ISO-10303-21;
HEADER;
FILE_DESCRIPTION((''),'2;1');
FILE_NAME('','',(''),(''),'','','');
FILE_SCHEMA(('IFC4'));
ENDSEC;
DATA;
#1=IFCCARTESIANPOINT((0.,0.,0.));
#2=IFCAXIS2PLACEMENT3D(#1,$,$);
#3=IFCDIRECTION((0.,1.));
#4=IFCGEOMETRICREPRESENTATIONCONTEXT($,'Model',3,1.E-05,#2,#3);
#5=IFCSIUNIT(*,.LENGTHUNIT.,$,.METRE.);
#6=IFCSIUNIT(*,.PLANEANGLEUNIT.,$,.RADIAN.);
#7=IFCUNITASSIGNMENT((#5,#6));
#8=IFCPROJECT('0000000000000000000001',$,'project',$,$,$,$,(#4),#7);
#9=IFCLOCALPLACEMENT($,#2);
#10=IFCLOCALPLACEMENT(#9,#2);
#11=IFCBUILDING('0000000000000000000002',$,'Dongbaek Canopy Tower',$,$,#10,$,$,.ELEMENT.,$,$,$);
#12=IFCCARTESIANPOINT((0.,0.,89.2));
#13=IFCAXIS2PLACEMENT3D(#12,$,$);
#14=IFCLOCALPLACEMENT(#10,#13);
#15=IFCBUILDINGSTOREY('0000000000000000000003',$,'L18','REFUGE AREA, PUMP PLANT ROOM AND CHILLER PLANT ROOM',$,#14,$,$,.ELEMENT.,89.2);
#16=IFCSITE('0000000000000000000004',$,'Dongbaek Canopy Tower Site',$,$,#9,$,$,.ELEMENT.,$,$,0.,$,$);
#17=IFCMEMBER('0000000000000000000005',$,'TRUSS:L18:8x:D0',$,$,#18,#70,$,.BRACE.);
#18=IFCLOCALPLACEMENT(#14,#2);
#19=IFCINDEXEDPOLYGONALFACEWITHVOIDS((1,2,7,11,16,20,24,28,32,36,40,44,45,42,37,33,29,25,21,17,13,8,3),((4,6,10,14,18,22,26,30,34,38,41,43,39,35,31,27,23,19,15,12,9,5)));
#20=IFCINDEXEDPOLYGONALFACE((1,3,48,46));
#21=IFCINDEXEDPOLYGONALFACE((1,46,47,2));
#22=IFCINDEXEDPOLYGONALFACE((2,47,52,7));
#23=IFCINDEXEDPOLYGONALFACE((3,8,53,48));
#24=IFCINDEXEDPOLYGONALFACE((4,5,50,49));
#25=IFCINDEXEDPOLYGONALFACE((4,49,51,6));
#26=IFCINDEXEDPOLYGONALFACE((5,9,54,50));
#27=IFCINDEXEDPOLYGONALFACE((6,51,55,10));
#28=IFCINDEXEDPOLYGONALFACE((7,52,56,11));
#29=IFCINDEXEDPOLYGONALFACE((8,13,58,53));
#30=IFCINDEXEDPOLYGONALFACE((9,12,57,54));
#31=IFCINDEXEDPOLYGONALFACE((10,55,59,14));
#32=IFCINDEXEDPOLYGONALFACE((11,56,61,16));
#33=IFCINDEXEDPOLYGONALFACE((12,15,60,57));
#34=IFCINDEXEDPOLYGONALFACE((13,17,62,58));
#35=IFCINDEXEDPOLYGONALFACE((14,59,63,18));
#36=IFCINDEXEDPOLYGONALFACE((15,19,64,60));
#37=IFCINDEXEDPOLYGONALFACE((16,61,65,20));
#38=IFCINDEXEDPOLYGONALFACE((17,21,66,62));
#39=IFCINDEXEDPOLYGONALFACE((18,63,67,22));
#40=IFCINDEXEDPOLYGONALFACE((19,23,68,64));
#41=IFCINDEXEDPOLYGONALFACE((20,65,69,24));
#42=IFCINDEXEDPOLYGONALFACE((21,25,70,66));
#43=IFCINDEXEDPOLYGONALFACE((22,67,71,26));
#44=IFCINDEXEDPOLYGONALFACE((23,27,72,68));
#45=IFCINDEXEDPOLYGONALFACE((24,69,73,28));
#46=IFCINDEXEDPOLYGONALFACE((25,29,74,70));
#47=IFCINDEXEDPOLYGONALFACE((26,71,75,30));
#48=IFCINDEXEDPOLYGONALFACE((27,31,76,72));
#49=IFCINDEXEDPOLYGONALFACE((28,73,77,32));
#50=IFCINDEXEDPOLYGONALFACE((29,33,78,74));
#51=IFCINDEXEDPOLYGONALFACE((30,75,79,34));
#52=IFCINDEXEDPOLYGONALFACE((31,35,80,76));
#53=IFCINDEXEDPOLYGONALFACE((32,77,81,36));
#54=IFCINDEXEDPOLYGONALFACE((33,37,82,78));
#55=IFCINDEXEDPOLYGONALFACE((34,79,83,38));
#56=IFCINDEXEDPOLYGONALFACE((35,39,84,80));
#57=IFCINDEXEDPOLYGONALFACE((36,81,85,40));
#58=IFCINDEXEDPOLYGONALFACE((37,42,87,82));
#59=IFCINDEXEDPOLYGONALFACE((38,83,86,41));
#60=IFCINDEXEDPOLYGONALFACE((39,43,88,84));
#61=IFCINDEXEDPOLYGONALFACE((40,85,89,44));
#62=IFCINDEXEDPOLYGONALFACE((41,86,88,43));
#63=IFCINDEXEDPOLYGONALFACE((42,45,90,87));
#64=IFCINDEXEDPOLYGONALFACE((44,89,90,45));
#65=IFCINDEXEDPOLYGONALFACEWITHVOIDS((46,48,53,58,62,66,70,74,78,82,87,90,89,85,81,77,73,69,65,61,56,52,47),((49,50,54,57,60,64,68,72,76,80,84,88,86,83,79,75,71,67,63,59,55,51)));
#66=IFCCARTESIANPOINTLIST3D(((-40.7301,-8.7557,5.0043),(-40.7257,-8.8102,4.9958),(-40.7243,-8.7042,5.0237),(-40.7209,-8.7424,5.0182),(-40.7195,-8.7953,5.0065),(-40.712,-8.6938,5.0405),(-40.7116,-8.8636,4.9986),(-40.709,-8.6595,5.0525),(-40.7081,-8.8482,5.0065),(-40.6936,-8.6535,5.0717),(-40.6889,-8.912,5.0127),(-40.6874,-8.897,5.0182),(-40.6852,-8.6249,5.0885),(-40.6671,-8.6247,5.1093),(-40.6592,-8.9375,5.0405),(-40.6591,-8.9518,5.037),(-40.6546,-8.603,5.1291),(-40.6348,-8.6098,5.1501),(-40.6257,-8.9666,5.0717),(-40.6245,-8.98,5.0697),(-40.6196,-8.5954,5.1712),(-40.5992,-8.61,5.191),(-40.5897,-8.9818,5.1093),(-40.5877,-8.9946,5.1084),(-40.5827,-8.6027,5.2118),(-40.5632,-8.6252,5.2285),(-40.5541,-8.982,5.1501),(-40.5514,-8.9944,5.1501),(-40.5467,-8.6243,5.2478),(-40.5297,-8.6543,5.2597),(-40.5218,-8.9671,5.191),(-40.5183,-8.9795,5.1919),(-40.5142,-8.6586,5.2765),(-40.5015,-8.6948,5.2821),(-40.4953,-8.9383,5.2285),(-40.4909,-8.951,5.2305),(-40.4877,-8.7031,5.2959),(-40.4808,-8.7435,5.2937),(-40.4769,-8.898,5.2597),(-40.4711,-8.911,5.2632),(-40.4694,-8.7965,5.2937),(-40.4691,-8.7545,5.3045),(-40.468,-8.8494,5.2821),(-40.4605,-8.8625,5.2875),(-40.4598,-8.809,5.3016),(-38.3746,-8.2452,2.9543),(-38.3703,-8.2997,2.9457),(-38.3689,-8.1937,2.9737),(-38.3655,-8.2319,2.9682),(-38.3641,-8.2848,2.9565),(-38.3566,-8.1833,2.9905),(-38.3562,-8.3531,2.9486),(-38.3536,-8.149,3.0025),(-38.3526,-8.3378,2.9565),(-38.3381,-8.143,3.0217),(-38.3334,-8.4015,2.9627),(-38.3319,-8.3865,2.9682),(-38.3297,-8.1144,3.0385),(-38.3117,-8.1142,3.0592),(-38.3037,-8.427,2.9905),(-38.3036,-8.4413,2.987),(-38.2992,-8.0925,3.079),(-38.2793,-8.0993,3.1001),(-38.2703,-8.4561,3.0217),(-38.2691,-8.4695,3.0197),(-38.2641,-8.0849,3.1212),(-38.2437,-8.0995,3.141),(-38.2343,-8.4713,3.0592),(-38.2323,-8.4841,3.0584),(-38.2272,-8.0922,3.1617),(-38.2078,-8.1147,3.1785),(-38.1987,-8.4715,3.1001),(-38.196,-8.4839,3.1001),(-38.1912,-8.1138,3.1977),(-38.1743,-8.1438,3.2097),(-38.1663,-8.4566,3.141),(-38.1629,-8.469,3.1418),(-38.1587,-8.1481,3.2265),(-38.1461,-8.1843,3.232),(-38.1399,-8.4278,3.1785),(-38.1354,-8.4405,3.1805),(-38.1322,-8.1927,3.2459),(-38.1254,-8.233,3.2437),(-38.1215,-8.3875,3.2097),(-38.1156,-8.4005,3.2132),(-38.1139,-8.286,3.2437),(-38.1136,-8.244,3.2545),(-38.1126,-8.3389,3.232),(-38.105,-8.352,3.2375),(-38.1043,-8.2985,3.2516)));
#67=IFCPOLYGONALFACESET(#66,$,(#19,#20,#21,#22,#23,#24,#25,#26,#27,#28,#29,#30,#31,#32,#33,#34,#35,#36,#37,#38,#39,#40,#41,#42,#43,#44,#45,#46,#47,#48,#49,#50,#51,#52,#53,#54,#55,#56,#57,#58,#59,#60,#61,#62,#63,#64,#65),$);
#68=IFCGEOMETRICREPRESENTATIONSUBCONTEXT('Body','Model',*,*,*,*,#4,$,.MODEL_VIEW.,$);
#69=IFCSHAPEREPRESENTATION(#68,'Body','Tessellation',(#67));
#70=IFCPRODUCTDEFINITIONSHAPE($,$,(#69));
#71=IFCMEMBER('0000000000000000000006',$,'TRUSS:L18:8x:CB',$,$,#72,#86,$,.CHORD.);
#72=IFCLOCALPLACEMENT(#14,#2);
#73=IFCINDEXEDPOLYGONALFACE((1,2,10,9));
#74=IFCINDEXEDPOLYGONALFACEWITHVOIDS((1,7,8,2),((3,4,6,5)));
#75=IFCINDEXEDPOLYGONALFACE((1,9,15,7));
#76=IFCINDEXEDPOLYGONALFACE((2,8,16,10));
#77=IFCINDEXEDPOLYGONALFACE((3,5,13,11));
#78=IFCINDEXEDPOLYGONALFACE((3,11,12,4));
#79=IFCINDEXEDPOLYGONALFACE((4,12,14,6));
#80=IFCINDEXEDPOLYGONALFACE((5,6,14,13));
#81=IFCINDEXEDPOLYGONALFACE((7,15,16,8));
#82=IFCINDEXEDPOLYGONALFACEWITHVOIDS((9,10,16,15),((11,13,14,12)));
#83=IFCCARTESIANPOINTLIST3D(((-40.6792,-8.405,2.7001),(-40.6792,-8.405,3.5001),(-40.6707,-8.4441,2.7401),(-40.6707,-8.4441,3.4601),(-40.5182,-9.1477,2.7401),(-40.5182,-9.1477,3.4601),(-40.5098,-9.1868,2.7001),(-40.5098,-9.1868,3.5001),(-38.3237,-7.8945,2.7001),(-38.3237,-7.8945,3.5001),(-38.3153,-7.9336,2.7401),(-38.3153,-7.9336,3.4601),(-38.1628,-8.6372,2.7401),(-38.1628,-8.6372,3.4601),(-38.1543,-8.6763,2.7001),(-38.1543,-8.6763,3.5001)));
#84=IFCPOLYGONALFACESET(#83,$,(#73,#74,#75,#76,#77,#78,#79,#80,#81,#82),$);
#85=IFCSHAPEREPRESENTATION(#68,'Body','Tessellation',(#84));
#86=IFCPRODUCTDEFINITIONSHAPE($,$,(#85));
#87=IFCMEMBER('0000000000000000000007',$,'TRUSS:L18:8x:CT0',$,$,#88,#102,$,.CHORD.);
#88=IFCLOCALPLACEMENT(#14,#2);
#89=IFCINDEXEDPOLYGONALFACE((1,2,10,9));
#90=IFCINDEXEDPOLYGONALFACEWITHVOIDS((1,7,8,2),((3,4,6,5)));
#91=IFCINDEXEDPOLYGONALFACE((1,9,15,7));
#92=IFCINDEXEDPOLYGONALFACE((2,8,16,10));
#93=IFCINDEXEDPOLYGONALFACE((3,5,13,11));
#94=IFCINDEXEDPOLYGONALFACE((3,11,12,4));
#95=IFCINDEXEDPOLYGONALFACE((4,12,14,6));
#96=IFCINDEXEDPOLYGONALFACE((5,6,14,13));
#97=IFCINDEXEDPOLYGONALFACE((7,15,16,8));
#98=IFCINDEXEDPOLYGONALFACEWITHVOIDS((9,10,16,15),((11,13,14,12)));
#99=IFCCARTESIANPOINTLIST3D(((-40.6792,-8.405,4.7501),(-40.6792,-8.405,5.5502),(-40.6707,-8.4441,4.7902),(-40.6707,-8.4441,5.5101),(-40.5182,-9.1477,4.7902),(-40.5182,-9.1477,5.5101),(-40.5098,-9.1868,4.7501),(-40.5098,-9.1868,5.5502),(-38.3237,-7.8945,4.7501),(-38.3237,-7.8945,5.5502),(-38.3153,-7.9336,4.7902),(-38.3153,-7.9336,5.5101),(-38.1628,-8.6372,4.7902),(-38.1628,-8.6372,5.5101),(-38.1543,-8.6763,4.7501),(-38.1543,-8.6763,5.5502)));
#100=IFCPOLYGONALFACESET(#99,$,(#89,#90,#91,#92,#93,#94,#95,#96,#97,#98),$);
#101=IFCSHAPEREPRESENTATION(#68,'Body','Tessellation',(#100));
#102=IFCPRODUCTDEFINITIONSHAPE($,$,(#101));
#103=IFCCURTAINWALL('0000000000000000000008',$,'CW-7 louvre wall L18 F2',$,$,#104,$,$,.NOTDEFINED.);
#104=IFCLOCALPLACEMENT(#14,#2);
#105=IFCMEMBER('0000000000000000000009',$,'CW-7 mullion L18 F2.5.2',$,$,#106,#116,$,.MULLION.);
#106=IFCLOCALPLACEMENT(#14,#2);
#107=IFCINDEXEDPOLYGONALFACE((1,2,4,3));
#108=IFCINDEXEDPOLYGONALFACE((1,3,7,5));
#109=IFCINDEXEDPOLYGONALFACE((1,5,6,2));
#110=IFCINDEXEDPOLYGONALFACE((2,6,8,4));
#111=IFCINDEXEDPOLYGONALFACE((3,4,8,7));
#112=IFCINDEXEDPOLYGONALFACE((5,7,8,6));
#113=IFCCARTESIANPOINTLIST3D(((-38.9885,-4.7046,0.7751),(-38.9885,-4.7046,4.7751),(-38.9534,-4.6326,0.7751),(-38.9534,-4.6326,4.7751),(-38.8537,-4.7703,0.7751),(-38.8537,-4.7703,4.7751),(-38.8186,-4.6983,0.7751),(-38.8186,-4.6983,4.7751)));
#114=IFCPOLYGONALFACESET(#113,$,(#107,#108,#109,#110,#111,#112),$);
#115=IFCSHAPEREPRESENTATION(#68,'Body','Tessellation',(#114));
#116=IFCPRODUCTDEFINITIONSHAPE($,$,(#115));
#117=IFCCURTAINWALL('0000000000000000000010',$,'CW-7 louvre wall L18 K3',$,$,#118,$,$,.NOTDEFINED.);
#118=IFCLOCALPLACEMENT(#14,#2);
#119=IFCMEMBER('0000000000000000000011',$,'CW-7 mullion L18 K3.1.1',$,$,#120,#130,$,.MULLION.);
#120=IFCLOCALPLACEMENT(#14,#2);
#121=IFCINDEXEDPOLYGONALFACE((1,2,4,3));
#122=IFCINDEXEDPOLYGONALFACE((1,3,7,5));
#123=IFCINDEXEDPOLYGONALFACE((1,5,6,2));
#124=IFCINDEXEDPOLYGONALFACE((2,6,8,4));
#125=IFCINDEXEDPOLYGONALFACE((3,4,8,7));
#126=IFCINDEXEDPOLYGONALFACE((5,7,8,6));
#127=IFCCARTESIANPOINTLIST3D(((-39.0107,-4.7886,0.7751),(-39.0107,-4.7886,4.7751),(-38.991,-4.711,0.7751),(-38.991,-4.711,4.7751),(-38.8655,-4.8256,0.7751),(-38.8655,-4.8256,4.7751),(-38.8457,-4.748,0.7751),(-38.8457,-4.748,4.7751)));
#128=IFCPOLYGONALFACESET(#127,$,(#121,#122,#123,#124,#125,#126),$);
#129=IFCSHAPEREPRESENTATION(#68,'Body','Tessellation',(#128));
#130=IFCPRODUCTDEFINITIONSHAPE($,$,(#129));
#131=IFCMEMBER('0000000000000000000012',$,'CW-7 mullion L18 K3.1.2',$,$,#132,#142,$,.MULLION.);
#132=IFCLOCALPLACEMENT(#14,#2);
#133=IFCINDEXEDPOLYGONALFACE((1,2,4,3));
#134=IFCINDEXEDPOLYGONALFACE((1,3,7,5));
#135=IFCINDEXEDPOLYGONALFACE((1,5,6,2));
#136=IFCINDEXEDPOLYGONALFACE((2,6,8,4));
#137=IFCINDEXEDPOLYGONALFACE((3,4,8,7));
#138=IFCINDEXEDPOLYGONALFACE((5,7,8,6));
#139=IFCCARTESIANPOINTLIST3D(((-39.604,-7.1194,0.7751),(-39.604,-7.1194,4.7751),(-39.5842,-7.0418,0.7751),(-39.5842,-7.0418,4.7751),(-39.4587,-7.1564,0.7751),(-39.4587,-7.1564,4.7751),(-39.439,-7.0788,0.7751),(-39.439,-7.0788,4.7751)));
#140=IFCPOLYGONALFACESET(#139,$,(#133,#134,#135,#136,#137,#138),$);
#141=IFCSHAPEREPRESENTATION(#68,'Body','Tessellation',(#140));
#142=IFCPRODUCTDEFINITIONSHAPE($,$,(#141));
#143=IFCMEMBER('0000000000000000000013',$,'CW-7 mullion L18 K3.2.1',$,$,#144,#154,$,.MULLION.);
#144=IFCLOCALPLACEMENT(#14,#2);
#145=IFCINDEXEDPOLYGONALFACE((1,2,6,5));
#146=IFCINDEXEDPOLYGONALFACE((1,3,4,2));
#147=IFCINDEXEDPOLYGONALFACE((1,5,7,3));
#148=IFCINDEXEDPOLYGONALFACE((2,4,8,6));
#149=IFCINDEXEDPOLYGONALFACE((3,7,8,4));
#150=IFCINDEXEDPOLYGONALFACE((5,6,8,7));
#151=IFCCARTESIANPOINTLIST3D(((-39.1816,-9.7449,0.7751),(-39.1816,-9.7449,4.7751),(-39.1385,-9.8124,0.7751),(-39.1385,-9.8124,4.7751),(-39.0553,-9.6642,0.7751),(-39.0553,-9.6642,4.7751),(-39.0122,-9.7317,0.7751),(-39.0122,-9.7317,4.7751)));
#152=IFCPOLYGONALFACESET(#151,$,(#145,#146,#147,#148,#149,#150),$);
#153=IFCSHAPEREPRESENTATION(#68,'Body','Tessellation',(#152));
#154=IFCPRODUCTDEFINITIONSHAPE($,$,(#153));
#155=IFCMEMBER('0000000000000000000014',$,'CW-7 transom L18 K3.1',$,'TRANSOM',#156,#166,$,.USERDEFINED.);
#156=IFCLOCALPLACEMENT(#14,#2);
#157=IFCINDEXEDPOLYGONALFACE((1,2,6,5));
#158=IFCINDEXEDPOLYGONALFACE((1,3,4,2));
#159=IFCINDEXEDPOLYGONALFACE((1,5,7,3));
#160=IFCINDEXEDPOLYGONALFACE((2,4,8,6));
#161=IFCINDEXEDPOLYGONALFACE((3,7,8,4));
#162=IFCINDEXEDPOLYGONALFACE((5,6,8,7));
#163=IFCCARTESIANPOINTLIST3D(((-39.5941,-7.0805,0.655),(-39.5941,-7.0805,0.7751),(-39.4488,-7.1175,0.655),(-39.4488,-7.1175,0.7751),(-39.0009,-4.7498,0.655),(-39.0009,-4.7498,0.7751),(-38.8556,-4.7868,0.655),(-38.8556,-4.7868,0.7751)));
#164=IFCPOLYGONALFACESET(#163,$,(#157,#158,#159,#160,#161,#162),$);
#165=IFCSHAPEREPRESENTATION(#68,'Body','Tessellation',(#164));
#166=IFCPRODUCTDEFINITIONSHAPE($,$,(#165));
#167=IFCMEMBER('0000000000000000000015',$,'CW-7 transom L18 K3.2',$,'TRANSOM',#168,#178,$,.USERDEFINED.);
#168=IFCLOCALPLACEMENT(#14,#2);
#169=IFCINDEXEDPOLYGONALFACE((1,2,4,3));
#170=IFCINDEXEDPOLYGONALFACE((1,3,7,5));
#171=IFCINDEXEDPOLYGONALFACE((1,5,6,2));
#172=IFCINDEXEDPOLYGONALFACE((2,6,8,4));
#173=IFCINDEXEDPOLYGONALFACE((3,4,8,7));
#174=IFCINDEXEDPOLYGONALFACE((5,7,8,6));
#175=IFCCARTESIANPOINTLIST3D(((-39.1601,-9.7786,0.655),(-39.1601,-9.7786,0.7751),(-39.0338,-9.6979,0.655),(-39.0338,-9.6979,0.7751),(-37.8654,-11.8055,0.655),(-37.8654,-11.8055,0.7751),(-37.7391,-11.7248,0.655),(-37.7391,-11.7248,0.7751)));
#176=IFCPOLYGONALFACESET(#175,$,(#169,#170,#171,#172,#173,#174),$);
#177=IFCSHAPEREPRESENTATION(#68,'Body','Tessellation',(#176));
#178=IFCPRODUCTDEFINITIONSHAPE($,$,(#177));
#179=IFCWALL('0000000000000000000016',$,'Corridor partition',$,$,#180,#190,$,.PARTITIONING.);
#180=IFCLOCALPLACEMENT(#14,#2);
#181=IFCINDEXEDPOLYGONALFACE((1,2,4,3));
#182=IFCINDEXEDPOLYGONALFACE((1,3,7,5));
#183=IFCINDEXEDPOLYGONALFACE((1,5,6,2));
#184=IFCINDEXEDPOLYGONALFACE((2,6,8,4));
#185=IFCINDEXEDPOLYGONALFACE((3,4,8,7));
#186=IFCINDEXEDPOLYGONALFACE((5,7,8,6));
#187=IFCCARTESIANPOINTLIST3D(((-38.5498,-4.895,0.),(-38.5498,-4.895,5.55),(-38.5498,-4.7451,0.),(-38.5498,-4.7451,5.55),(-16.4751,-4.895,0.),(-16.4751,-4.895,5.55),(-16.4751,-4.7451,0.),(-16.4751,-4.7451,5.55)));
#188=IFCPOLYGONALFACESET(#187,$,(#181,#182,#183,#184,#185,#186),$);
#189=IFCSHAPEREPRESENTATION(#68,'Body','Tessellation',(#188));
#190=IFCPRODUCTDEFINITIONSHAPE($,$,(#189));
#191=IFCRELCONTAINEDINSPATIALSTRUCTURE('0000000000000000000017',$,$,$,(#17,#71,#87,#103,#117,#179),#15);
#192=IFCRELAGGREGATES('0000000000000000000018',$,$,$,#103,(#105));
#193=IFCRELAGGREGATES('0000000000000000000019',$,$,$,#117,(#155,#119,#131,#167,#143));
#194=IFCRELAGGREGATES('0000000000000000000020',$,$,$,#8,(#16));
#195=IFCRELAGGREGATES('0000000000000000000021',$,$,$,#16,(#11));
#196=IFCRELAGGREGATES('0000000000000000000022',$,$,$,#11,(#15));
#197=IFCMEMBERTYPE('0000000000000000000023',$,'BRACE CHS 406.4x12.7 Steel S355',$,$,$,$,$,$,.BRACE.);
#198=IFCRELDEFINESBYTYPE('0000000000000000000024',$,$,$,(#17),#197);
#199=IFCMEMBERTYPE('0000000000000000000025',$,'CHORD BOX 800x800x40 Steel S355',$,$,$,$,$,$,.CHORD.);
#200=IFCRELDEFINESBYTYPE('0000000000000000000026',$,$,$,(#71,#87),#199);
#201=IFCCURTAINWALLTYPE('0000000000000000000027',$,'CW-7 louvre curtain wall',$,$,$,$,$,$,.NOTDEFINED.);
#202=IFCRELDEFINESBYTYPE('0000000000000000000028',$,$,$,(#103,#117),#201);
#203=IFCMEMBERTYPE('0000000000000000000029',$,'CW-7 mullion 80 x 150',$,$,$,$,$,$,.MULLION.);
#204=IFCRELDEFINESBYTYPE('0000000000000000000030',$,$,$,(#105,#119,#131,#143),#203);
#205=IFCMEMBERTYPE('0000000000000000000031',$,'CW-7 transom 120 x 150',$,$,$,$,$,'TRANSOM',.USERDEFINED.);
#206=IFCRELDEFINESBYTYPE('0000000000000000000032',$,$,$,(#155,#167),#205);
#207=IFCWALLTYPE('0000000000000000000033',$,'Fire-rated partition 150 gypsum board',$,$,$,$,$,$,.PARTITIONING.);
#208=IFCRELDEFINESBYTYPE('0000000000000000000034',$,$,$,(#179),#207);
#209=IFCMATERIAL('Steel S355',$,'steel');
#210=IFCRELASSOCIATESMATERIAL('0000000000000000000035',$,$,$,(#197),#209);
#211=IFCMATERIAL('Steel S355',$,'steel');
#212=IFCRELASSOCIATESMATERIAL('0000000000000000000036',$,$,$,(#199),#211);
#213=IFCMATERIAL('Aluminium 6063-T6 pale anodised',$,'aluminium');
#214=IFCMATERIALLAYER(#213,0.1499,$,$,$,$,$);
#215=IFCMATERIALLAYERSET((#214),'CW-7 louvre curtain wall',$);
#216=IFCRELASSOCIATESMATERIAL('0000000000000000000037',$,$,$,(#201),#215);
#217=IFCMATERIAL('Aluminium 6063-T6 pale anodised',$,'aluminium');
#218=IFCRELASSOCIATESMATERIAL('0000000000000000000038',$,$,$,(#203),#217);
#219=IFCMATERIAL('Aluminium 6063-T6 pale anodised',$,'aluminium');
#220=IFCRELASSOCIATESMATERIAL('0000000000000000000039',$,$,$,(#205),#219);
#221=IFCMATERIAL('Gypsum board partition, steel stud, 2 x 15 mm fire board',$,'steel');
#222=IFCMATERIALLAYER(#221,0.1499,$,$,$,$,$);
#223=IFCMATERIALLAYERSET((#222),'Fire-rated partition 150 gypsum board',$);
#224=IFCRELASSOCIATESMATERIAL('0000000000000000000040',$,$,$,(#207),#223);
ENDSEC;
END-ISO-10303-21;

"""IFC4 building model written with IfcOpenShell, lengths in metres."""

from ifc_helpers import new_model, si_unit, direction, frame, frame_2d, origin, origin_2d, place, context, subcontext, project, spatial, rectangle, hollow_rectangle, hollow_circle, extrude, material, layer, layer_set, material_profile, profile_set, type_object, element, aggregate, save


model = new_model("IFC4")

# Units and contexts
model_context = context("Model", 3, precision=1e-05, world=origin(), true_north=direction((0.0, 1.0)))
body_context = subcontext(model_context, "Body", "Model", "MODEL_VIEW")
ifc_project = project(units=[si_unit("LENGTHUNIT", "METRE"), si_unit("PLANEANGLEUNIT", "RADIAN")], contexts=[model_context])

# Site, building, storey
site_placement = place(None, origin())
site = spatial("IfcSite", under=ifc_project, at=site_placement, Name="Dongbaek Canopy Tower Site", CompositionType="ELEMENT", RefElevation=0.0)
building_placement = place(site_placement, origin())
building = spatial("IfcBuilding", under=site, at=building_placement, Name="Dongbaek Canopy Tower", CompositionType="ELEMENT")
storey_placement = place(building_placement, frame((0.0, 0.0, 89.2)))
storey = spatial("IfcBuildingStorey", under=building, at=storey_placement, Name="L18", Description="REFUGE AREA, PUMP PLANT ROOM AND CHILLER PLANT ROOM", CompositionType="ELEMENT", Elevation=89.2)

# Members
ifc_material_1 = material(Name="Steel S355", Category="steel")
ifc_material_profile_1 = material_profile(ifc_material_1, hollow_circle(Radius=0.2031, WallThickness=0.0127, at=origin_2d()), Name="BRACE CHS 406.4x12.7 Steel S355")
ifc_profile_set_1 = profile_set([ifc_material_profile_1], Name="Steel S355")
member_type_1 = type_object("IfcMemberType", Name="BRACE CHS 406.4x12.7 Steel S355", PredefinedType="BRACE", material=ifc_profile_set_1)
member_1_placement = place(storey_placement, frame((-38.239, -8.2854, 3.1001), z_axis=(-0.744435, -0.161341, 0.647909), x_axis=(0.211811, -0.977311, 0.0)))
element("IfcMember", 1, at=member_1_placement, inside=storey, type_object=member_type_1, Name="TRUSS:L18:8x:D0", PredefinedType="BRACE", context=body_context, shape_type="SweptSolid", body=[
    extrude(hollow_circle(Radius=0.2031, WallThickness=0.0127, at=origin_2d()), origin(), (0.0, 0.0, 1.0), 3.1641),
])
ifc_material_2 = material(Name="Steel S355", Category="steel")
ifc_material_profile_2 = material_profile(ifc_material_2, hollow_rectangle(XDim=0.8, YDim=0.8, WallThickness=0.04, at=origin_2d()), Name="CHORD BOX 800x800x40 Steel S355")
ifc_profile_set_2 = profile_set([ifc_material_profile_2], Name="Steel S355")
member_type_2 = type_object("IfcMemberType", Name="CHORD BOX 800x800x40 Steel S355", PredefinedType="CHORD", material=ifc_profile_set_2)
for number, where, z_axis, x_axis, name in (
    (2, (-38.239, -8.2854, 3.1001), (-0.977311, -0.211811, 0.0), (0.211811, -0.977311, 0.0), "TRUSS:L18:8x:CB"),
    (3, (-38.239, -8.2854, 5.1501), (-0.977311, -0.211811, 0.0), (0.211811, -0.977311, 0.0), "TRUSS:L18:8x:CT0"),
):
    element("IfcMember", number, at=place(storey_placement, frame(where, z_axis=z_axis, x_axis=x_axis)), inside=storey, type_object=member_type_2, Name=name, PredefinedType="CHORD", context=body_context, shape_type="SweptSolid", body=[
        extrude(hollow_rectangle(XDim=0.8, YDim=0.8, WallThickness=0.04, at=origin_2d()), origin(), (0.0, 0.0, 1.0), 2.4102),
    ])

# Curtain wall, member
ifc_material_3 = material(Name="Aluminium 6063-T6 pale anodised", Category="aluminium")
ifc_layer_1 = layer(ifc_material_3, 0.1499)
ifc_layer_set_1 = layer_set([ifc_layer_1], Name="CW-7 louvre curtain wall")
curtain_wall_type = type_object("IfcCurtainWallType", Name="CW-7 louvre curtain wall", PredefinedType="NOTDEFINED", material=ifc_layer_set_1)
curtain_wall_1_placement = place(storey_placement, origin())
curtain_wall_1 = element("IfcCurtainWall", 4, at=curtain_wall_1_placement, inside=storey, type_object=curtain_wall_type, Name="CW-7 louvre wall L18 F2", PredefinedType="NOTDEFINED")
ifc_material_4 = material(Name="Aluminium 6063-T6 pale anodised", Category="aluminium")
ifc_material_profile_3 = material_profile(ifc_material_4, rectangle(XDim=0.1499, YDim=0.0801, at=origin_2d()), Name="CW-7 mullion 80 x 150")
ifc_profile_set_3 = profile_set([ifc_material_profile_3], Name="Aluminium 6063-T6 pale anodised")
member_type_3 = type_object("IfcMemberType", Name="CW-7 mullion 80 x 150", PredefinedType="MULLION", material=ifc_profile_set_3)
member_2_placement = place(storey_placement, frame((-38.9036, -4.7014, 0.7751), z_axis=(0.0, 0.0, 1.0), x_axis=(-0.898815, 0.438328, 0.0)))
member_2 = element("IfcMember", 5, at=member_2_placement, type_object=member_type_3, Name="CW-7 mullion L18 F2.5.2", PredefinedType="MULLION", context=body_context, shape_type="SweptSolid", body=[
    extrude(rectangle(XDim=0.1499, YDim=0.0801, at=origin_2d()), origin(), (0.0, 0.0, 1.0), 4.0),
])

# Curtain wall, members
curtain_wall_2_placement = place(storey_placement, origin())
curtain_wall_2 = element("IfcCurtainWall", 6, at=curtain_wall_2_placement, inside=storey, type_object=curtain_wall_type, Name="CW-7 louvre wall L18 K3", PredefinedType="NOTDEFINED")
member_3_placement = place(storey_placement, frame((-38.9282, -4.7683, 0.7751), z_axis=(0.0, 0.0, 1.0), x_axis=(-0.969084, 0.246731, 0.0)))
member_3 = element("IfcMember", 7, at=member_3_placement, type_object=member_type_3, Name="CW-7 mullion L18 K3.1.1", PredefinedType="MULLION", context=body_context, shape_type="SweptSolid", body=[
    extrude(rectangle(XDim=0.1499, YDim=0.0801, at=origin_2d()), origin(), (0.0, 0.0, 1.0), 4.0),
])
member_4_placement = place(storey_placement, frame((-39.5215, -7.0991, 0.7751), z_axis=(0.0, 0.0, 1.0), x_axis=(-0.969084, 0.246731, 0.0)))
member_4 = element("IfcMember", 8, at=member_4_placement, type_object=member_type_3, Name="CW-7 mullion L18 K3.1.2", PredefinedType="MULLION", context=body_context, shape_type="SweptSolid", body=[
    extrude(rectangle(XDim=0.1499, YDim=0.0801, at=origin_2d()), origin(), (0.0, 0.0, 1.0), 4.0),
])
member_5_placement = place(storey_placement, frame((-39.0969, -9.7383, 0.7751), z_axis=(0.0, 0.0, 1.0), x_axis=(-0.842751, -0.538303, 0.0)))
member_5 = element("IfcMember", 9, at=member_5_placement, type_object=member_type_3, Name="CW-7 mullion L18 K3.2.1", PredefinedType="MULLION", context=body_context, shape_type="SweptSolid", body=[
    extrude(rectangle(XDim=0.1499, YDim=0.0801, at=origin_2d()), origin(), (0.0, 0.0, 1.0), 4.0),
])
ifc_material_5 = material(Name="Aluminium 6063-T6 pale anodised", Category="aluminium")
ifc_material_profile_4 = material_profile(ifc_material_5, rectangle(XDim=0.1499, YDim=0.1201, at=origin_2d()), Name="CW-7 transom 120 x 150")
ifc_profile_set_4 = profile_set([ifc_material_profile_4], Name="Aluminium 6063-T6 pale anodised")
member_type_4 = type_object("IfcMemberType", Name="CW-7 transom 120 x 150", ElementType="TRANSOM", PredefinedType="USERDEFINED", material=ifc_profile_set_4)
member_6_placement = place(storey_placement, frame((-38.9282, -4.7683, 0.7151), z_axis=(-0.246665, -0.969101, 0.0), x_axis=(0.969101, -0.246665, 0.0)))
member_6 = element("IfcMember", 10, at=member_6_placement, type_object=member_type_4, Name="CW-7 transom L18 K3.1", ObjectType="TRANSOM", PredefinedType="USERDEFINED", context=body_context, shape_type="SweptSolid", body=[
    extrude(rectangle(XDim=0.1499, YDim=0.1201, at=origin_2d()), origin(), (0.0, 0.0, 1.0), 2.405),
])
member_7_placement = place(storey_placement, frame((-39.0969, -9.7383, 0.7151), z_axis=(0.538313, -0.842745, 0.0), x_axis=(0.842745, 0.538313, 0.0)))
member_7 = element("IfcMember", 11, at=member_7_placement, type_object=member_type_4, Name="CW-7 transom L18 K3.2", ObjectType="TRANSOM", PredefinedType="USERDEFINED", context=body_context, shape_type="SweptSolid", body=[
    extrude(rectangle(XDim=0.1499, YDim=0.1201, at=origin_2d()), origin(), (0.0, 0.0, 1.0), 2.405),
])

# Wall
ifc_material_6 = material(Name="Gypsum board partition, steel stud, 2 x 15 mm fire board", Category="steel")
ifc_layer_2 = layer(ifc_material_6, 0.1499)
ifc_layer_set_2 = layer_set([ifc_layer_2], Name="Fire-rated partition 150 gypsum board")
wall_type_1 = type_object("IfcWallType", Name="Fire-rated partition 150 gypsum board", PredefinedType="PARTITIONING", material=ifc_layer_set_2)
wall_placement = place(storey_placement, frame((-38.5498, -4.8201, 0.0), z_axis=(0.0, 0.0, 1.0), x_axis=(1.0, 0.0, 0.0)))
element("IfcWall", 12, at=wall_placement, inside=storey, type_object=wall_type_1, Name="Corridor partition", PredefinedType="PARTITIONING", context=body_context, shape_type="SweptSolid", body=[
    extrude(rectangle(XDim=22.0747, YDim=0.1499, at=frame_2d((11.0374, 0.0))), origin(), (0.0, 0.0, 1.0), 5.55),
])

aggregate(curtain_wall_1, [member_2])
aggregate(curtain_wall_2, [member_6, member_3, member_4, member_7, member_5])

save(model, "model.ifc")
